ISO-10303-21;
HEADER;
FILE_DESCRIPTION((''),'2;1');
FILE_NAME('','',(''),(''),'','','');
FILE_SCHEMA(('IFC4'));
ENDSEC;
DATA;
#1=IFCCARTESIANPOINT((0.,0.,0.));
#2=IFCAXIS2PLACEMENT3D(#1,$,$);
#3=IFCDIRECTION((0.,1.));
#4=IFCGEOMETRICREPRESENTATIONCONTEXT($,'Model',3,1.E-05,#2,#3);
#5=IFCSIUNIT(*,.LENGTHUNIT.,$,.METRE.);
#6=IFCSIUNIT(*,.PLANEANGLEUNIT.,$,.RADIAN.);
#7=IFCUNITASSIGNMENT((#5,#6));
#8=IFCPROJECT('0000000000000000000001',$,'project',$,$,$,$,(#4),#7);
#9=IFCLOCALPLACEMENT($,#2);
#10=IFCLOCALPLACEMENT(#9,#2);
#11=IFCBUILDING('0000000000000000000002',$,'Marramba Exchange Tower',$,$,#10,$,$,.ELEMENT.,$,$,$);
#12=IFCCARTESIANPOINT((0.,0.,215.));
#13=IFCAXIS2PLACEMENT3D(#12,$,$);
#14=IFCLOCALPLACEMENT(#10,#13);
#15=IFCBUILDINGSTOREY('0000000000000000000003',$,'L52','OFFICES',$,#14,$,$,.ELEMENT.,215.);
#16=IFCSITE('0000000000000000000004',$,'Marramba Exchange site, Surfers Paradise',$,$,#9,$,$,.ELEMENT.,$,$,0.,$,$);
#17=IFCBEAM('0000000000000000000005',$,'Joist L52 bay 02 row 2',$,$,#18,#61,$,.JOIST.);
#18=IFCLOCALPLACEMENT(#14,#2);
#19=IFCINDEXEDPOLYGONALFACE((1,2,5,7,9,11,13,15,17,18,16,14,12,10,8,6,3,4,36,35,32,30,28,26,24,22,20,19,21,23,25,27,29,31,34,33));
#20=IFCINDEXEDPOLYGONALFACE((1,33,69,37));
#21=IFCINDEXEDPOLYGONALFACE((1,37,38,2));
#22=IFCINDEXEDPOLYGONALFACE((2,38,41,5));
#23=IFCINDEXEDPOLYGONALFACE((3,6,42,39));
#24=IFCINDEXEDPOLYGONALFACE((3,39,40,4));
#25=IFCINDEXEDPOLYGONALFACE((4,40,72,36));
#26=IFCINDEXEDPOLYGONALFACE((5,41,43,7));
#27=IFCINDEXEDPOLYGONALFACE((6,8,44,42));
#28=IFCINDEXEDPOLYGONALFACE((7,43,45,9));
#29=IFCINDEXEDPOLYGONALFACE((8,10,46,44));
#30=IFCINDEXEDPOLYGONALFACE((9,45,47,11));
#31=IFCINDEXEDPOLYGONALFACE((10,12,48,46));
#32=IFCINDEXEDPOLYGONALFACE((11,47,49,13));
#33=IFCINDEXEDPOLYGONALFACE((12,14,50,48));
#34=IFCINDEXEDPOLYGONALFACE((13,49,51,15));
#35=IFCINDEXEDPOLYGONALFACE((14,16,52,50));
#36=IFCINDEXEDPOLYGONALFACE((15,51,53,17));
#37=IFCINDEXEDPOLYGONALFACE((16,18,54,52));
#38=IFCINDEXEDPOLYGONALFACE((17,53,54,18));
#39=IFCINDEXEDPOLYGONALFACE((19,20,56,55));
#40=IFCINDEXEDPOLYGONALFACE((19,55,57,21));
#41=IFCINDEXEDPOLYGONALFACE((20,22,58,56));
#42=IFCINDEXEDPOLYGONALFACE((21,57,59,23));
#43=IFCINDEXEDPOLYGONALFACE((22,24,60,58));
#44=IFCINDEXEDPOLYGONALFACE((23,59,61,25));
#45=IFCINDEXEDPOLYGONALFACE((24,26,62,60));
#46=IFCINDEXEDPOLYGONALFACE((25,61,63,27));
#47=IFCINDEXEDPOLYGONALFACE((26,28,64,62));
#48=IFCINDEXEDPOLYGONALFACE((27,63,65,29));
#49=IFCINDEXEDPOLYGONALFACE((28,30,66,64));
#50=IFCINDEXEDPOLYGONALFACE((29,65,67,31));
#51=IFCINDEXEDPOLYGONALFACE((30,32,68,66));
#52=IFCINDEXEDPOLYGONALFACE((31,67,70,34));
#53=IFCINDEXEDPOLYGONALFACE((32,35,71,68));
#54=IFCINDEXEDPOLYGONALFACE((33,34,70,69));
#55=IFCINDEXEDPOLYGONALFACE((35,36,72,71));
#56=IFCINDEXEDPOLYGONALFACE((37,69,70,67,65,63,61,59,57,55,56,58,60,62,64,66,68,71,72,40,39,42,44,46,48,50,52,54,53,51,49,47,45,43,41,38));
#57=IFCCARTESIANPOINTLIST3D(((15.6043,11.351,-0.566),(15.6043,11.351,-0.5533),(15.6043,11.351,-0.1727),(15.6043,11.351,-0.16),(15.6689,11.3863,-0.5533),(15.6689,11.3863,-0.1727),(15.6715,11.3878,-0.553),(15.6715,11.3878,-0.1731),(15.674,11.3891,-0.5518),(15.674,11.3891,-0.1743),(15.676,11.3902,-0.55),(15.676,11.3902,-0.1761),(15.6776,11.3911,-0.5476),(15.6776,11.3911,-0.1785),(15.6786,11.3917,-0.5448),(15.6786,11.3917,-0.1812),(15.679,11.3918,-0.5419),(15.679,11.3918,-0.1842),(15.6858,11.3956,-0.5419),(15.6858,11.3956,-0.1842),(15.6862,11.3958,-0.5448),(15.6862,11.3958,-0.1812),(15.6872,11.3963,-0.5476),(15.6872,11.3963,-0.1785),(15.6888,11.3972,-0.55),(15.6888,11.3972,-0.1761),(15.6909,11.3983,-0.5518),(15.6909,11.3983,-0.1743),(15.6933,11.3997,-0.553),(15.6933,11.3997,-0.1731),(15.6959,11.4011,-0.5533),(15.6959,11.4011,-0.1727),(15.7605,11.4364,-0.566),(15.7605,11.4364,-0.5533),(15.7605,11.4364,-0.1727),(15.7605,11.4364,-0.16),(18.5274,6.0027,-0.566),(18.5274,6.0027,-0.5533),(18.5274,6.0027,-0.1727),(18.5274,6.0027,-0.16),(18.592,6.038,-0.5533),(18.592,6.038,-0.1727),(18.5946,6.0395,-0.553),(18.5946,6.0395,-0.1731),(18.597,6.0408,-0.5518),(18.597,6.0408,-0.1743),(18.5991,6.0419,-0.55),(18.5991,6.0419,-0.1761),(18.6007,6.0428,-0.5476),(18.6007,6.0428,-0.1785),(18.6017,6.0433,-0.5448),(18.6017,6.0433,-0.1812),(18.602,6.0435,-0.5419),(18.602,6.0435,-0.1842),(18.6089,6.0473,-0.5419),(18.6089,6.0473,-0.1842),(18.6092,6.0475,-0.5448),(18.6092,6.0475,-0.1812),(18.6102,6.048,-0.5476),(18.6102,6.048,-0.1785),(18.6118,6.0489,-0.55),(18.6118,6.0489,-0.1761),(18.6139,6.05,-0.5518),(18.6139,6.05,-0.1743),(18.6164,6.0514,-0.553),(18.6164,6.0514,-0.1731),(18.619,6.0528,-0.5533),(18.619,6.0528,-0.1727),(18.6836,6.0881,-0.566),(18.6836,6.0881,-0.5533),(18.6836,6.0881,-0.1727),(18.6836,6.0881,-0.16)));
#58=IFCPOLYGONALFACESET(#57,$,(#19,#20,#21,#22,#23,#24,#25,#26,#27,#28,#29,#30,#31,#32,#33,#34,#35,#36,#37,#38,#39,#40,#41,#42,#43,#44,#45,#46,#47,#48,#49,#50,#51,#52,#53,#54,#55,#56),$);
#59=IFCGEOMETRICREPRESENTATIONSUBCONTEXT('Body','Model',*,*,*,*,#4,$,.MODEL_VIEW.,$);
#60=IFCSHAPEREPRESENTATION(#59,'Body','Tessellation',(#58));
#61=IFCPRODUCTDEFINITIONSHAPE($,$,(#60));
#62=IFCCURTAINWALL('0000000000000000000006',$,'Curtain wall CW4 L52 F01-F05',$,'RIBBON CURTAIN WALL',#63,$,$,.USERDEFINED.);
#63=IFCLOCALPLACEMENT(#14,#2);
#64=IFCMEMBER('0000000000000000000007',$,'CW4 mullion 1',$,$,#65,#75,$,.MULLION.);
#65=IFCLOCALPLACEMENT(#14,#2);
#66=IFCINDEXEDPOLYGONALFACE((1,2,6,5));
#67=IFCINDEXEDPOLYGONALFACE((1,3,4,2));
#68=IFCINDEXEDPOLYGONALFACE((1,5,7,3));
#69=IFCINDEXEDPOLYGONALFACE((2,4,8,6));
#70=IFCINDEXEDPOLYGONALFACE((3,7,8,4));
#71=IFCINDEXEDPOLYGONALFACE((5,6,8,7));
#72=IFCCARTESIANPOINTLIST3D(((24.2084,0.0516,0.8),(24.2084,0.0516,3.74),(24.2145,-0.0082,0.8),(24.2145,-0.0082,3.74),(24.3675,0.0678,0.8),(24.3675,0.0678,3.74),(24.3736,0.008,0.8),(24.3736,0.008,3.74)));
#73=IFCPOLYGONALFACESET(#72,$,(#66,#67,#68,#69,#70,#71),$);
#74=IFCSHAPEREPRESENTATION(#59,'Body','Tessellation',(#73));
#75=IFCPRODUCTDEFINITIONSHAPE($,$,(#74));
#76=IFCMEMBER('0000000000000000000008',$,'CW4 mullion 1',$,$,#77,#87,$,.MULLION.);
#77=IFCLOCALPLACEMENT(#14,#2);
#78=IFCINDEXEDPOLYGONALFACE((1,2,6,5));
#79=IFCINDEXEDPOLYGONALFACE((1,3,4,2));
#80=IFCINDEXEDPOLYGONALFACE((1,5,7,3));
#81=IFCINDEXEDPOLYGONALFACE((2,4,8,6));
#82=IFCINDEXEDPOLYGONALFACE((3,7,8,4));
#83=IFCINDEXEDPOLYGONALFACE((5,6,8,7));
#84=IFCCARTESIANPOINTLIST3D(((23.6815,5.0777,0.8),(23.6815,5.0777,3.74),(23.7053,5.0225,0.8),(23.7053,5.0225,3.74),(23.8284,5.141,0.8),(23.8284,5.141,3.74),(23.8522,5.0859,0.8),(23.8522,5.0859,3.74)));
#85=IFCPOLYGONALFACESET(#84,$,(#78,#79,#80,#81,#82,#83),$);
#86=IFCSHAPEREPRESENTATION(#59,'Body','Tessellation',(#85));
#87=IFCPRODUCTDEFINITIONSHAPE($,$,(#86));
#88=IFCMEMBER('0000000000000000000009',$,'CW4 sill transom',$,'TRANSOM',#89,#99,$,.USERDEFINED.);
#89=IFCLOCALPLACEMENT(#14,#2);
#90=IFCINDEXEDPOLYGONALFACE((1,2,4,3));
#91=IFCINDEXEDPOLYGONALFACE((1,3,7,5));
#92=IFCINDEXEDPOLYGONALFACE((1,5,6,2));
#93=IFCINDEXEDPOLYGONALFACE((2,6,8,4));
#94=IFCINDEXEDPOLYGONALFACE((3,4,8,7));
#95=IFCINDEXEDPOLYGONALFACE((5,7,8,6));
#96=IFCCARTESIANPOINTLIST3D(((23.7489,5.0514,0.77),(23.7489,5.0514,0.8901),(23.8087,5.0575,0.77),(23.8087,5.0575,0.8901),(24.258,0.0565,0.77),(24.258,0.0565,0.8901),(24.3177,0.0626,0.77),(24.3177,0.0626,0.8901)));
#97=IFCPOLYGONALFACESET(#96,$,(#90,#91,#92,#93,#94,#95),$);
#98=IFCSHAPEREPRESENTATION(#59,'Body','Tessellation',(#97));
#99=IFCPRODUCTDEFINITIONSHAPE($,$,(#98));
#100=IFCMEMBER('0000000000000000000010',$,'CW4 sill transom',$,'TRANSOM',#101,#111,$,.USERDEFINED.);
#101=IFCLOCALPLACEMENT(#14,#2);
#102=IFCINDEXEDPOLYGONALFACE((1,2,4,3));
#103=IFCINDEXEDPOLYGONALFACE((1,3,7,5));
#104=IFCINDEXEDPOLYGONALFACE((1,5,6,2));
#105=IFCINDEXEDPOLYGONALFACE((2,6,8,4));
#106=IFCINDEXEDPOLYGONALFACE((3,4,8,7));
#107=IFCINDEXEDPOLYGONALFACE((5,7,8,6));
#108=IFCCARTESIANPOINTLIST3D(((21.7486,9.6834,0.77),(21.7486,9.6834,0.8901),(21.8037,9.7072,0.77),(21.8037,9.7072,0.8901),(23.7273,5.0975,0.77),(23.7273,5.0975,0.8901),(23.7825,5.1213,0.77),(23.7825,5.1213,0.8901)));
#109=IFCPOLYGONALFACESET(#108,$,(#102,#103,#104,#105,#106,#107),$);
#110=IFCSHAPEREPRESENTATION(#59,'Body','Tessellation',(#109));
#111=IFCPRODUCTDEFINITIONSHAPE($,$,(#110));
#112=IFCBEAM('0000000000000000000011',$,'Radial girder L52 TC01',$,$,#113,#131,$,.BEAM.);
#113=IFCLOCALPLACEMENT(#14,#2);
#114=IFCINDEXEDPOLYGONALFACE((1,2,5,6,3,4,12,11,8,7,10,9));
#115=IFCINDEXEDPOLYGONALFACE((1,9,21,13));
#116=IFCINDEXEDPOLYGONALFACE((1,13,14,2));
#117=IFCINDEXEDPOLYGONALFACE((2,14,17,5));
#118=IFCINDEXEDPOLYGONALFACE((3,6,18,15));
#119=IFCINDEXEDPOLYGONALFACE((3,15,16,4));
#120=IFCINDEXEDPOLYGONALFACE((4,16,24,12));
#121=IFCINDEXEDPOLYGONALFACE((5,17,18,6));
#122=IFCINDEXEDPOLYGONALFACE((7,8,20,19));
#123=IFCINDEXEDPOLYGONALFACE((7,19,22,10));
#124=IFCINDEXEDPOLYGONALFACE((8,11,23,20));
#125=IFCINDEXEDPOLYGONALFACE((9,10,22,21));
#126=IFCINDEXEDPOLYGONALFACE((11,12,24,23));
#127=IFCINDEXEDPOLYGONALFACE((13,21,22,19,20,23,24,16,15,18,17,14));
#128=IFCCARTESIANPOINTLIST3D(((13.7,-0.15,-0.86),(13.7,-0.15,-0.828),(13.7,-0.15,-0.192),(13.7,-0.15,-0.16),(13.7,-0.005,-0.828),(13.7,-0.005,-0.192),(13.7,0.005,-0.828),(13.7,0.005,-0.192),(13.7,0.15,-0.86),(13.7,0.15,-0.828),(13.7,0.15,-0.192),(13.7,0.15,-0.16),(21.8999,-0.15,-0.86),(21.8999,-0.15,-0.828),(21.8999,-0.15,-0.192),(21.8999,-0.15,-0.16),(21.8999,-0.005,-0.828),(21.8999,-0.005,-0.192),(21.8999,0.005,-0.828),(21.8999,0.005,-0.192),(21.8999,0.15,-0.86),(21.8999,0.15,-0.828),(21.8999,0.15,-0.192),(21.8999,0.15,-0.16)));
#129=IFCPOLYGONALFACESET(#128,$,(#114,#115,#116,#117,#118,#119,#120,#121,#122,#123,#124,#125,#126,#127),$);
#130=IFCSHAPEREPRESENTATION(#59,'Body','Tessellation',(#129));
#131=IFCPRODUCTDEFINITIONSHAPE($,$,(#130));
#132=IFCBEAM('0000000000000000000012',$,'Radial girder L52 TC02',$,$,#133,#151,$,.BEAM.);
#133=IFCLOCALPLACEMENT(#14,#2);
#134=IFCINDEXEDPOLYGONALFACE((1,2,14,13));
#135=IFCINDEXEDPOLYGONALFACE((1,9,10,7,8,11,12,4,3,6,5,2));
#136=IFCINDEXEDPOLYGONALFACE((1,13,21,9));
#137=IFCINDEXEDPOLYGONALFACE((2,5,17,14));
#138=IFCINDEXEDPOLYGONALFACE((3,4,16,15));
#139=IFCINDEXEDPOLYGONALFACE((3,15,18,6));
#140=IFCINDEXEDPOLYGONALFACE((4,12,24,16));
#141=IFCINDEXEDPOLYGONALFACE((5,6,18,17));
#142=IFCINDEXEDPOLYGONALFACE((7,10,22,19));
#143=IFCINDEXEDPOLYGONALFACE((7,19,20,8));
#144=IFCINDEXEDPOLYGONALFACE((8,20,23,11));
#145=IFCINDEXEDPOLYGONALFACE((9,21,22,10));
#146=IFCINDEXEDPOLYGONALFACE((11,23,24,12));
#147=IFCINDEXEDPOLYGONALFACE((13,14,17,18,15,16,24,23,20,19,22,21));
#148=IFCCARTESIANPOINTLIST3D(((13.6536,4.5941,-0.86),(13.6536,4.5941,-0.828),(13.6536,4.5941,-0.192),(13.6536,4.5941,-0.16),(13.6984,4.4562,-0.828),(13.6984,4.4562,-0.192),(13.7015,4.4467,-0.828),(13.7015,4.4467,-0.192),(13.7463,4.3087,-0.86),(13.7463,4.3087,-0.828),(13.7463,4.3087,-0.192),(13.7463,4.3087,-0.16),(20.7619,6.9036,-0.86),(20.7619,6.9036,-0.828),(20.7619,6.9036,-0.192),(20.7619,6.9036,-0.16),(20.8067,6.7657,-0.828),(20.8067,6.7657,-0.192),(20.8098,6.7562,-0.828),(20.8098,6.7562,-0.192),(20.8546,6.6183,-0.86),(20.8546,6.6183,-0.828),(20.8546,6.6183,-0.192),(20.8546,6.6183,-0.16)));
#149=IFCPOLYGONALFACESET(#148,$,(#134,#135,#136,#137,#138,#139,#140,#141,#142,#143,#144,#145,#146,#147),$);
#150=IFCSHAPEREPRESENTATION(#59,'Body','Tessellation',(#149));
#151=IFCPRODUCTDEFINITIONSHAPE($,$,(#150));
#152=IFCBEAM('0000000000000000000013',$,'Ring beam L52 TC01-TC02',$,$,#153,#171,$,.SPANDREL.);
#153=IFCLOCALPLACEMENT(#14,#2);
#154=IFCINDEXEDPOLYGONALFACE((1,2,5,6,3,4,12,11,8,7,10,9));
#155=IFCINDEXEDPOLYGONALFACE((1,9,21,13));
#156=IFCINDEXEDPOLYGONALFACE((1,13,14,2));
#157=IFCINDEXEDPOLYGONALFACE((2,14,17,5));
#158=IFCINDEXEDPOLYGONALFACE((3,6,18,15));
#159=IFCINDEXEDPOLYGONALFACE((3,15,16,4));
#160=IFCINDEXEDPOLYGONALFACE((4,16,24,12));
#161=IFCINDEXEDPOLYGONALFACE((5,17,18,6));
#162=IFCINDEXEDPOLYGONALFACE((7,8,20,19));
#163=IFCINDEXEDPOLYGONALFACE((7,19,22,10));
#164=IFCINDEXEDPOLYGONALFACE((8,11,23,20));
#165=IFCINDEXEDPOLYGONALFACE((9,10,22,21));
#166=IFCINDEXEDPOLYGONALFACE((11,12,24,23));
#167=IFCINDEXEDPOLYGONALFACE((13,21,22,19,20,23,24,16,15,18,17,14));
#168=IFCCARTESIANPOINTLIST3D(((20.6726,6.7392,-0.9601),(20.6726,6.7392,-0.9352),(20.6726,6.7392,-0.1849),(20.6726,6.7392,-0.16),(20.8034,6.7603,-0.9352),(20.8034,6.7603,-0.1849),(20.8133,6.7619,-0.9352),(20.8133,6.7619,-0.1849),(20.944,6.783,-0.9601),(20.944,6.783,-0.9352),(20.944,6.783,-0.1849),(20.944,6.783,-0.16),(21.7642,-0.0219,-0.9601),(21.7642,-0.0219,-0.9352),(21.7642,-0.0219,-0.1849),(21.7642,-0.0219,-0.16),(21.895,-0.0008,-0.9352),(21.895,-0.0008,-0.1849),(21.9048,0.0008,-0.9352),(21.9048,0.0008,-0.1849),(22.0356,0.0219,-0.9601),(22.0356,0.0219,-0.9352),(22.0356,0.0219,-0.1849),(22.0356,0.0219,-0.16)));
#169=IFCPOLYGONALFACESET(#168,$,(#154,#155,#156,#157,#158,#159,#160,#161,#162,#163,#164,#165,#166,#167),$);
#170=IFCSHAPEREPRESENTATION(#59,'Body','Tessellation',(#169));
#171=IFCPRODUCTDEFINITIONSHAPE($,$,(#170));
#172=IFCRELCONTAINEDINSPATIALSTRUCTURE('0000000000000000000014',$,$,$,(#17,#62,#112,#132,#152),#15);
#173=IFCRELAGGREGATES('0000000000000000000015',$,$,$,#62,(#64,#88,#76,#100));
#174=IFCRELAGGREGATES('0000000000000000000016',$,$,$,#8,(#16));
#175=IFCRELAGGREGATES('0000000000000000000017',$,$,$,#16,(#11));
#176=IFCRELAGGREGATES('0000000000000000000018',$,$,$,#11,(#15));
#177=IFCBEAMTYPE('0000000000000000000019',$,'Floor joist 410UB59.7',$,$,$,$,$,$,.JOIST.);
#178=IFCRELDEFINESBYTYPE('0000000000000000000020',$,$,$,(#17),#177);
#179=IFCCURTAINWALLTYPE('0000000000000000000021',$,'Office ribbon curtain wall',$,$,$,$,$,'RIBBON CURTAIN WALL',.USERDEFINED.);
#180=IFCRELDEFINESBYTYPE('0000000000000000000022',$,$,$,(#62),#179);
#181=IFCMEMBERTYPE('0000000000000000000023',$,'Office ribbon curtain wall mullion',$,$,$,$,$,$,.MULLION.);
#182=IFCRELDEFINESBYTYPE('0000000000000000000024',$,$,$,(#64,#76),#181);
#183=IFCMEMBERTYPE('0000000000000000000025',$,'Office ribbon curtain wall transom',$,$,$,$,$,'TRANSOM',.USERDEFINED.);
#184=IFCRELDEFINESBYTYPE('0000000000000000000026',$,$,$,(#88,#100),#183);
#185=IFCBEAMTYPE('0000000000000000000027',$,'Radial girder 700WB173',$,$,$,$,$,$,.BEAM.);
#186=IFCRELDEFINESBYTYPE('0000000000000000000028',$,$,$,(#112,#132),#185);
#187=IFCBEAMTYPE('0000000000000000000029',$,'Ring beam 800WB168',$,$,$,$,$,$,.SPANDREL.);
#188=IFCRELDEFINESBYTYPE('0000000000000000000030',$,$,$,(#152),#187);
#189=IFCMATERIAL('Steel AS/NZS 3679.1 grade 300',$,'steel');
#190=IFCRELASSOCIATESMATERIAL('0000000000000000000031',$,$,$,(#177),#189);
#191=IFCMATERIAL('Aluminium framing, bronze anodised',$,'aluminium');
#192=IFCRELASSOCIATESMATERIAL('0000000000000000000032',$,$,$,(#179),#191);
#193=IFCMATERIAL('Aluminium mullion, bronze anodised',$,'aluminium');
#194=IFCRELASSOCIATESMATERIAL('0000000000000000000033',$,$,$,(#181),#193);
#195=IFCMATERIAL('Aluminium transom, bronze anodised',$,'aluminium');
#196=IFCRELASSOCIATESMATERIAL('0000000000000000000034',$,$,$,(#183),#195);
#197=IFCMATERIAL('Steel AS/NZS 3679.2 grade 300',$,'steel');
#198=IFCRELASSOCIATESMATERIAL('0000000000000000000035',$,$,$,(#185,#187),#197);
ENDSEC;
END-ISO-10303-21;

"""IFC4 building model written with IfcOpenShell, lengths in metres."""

from ifc_helpers import new_model, si_unit, direction, frame, origin, origin_2d, place, context, subcontext, project, spatial, rectangle, i_section, extrude, material, material_profile, profile_set, type_object, element, aggregate, save


model = new_model("IFC4")

# Units and contexts
model_context = context("Model", 3, precision=1e-05, world=origin(), true_north=direction((0.0, 1.0)))
body_context = subcontext(model_context, "Body", "Model", "MODEL_VIEW")
ifc_project = project(units=[si_unit("LENGTHUNIT", "METRE"), si_unit("PLANEANGLEUNIT", "RADIAN")], contexts=[model_context])

# Site, building, storey
site_placement = place(None, origin())
site = spatial("IfcSite", under=ifc_project, at=site_placement, Name="Marramba Exchange site, Surfers Paradise", CompositionType="ELEMENT", RefElevation=0.0)
building_placement = place(site_placement, origin())
building = spatial("IfcBuilding", under=site, at=building_placement, Name="Marramba Exchange Tower", CompositionType="ELEMENT")
storey_placement = place(building_placement, frame((0.0, 0.0, 215.0)))
storey = spatial("IfcBuildingStorey", under=building, at=storey_placement, Name="L52", Description="OFFICES", CompositionType="ELEMENT", Elevation=215.0)

# Beam
ifc_material_1 = material(Name="Steel AS/NZS 3679.2 grade 300", Category="steel")
ifc_material_2 = material(Name="Steel AS/NZS 3679.1 grade 300", Category="steel")
ifc_material_profile_1 = material_profile(ifc_material_2, i_section(OverallWidth=0.178, OverallDepth=0.406, WebThickness=0.0078, FlangeThickness=0.0127, FilletRadius=0.0115, at=origin_2d()), Name="410UB59.7")
ifc_profile_set_1 = profile_set([ifc_material_profile_1], Name="Steel AS/NZS 3679.1 grade 300")
beam_type_1 = type_object("IfcBeamType", Name="Floor joist 410UB59.7", PredefinedType="JOIST", material=ifc_profile_set_1)
beam_1_placement = place(storey_placement, frame((18.6055, 6.0454, -0.363), z_axis=(-0.479584, 0.877496, 0.0), x_axis=(-0.877496, -0.479584, 0.0)))
element("IfcBeam", 1, at=beam_1_placement, inside=storey, type_object=beam_type_1, Name="Joist L52 bay 02 row 2", PredefinedType="JOIST", context=body_context, shape_type="SweptSolid", body=[
    extrude(i_section(OverallWidth=0.178, OverallDepth=0.406, WebThickness=0.0078, FlangeThickness=0.0127, FilletRadius=0.0115, at=origin_2d()), origin(), (0.0, 0.0, 1.0), 6.095),
])

# Curtain wall, members
ifc_material_3 = material(Name="Aluminium framing, bronze anodised", Category="aluminium")
curtain_wall_type = type_object("IfcCurtainWallType", Name="Office ribbon curtain wall", ElementType="RIBBON CURTAIN WALL", PredefinedType="USERDEFINED", material=ifc_material_3)
curtain_wall_placement = place(storey_placement, origin())
curtain_wall = element("IfcCurtainWall", 2, at=curtain_wall_placement, inside=storey, type_object=curtain_wall_type, Name="Curtain wall CW4 L52 F01-F05", ObjectType="RIBBON CURTAIN WALL", PredefinedType="USERDEFINED")
ifc_material_4 = material(Name="Aluminium mullion, bronze anodised", Category="aluminium")
ifc_material_profile_2 = material_profile(ifc_material_4, rectangle(XDim=0.1599, YDim=0.0601, at=origin_2d()), Name="CW4 mullion 60x160")
ifc_profile_set_2 = profile_set([ifc_material_profile_2], Name="Aluminium mullion, bronze anodised")
member_type_1 = type_object("IfcMemberType", Name="Office ribbon curtain wall mullion", PredefinedType="MULLION", material=ifc_profile_set_2)
member_1_placement = place(storey_placement, frame((24.291, 0.0298, 0.8), z_axis=(0.0, 0.0, 1.0), x_axis=(-0.994843, -0.101422, 0.0)))
member_1 = element("IfcMember", 3, at=member_1_placement, type_object=member_type_1, Name="CW4 mullion 1", PredefinedType="MULLION", context=body_context, shape_type="SweptSolid", body=[
    extrude(rectangle(XDim=0.1599, YDim=0.0601, at=origin_2d()), origin(), (0.0, 0.0, 1.0), 2.9399),
])
member_2_placement = place(storey_placement, frame((23.7668, 5.0818, 0.8), z_axis=(0.0, 0.0, 1.0), x_axis=(-0.918167, -0.396193, 0.0)))
member_2 = element("IfcMember", 4, at=member_2_placement, type_object=member_type_1, Name="CW4 mullion 1", PredefinedType="MULLION", context=body_context, shape_type="SweptSolid", body=[
    extrude(rectangle(XDim=0.1599, YDim=0.0601, at=origin_2d()), origin(), (0.0, 0.0, 1.0), 2.9399),
])
ifc_material_5 = material(Name="Aluminium transom, bronze anodised", Category="aluminium")
ifc_material_profile_3 = material_profile(ifc_material_5, rectangle(XDim=0.0601, YDim=0.1201, at=origin_2d()), Name="CW4 transom 60x120")
ifc_profile_set_3 = profile_set([ifc_material_profile_3], Name="Aluminium transom, bronze anodised")
member_type_2 = type_object("IfcMemberType", Name="Office ribbon curtain wall transom", ElementType="TRANSOM", PredefinedType="USERDEFINED", material=ifc_profile_set_3)
member_3_placement = place(storey_placement, frame((24.2878, 0.0596, 0.8301), z_axis=(-0.101386, 0.994847, 0.0), x_axis=(-0.994847, -0.101386, 0.0)))
member_3 = element("IfcMember", 5, at=member_3_placement, type_object=member_type_2, Name="CW4 sill transom", ObjectType="TRANSOM", PredefinedType="USERDEFINED", context=body_context, shape_type="SweptSolid", body=[
    extrude(rectangle(XDim=0.0601, YDim=0.1201, at=origin_2d()), origin(), (0.0, 0.0, 1.0), 5.0208),
])
member_4_placement = place(storey_placement, frame((23.7549, 5.1094, 0.8301), z_axis=(-0.396178, 0.918174, 0.0), x_axis=(-0.918174, -0.396178, 0.0)))
member_4 = element("IfcMember", 6, at=member_4_placement, type_object=member_type_2, Name="CW4 sill transom", ObjectType="TRANSOM", PredefinedType="USERDEFINED", context=body_context, shape_type="SweptSolid", body=[
    extrude(rectangle(XDim=0.0601, YDim=0.1201, at=origin_2d()), origin(), (0.0, 0.0, 1.0), 4.9946),
])

# Beams
ifc_material_profile_4 = material_profile(ifc_material_1, i_section(OverallWidth=0.3, OverallDepth=0.7, WebThickness=0.01, FlangeThickness=0.032, at=origin_2d()), Name="700WB173")
ifc_profile_set_4 = profile_set([ifc_material_profile_4], Name="Steel AS/NZS 3679.2 grade 300")
beam_type_2 = type_object("IfcBeamType", Name="Radial girder 700WB173", PredefinedType="BEAM", material=ifc_profile_set_4)
beam_2_placement = place(storey_placement, frame((13.7, 0.0, -0.51), z_axis=(1.0, 0.0, 0.0), x_axis=(0.0, 1.0, 0.0)))
element("IfcBeam", 7, at=beam_2_placement, inside=storey, type_object=beam_type_2, Name="Radial girder L52 TC01", PredefinedType="BEAM", context=body_context, shape_type="SweptSolid", body=[
    extrude(i_section(OverallWidth=0.3, OverallDepth=0.7, WebThickness=0.01, FlangeThickness=0.032, at=origin_2d()), origin(), (0.0, 0.0, 1.0), 8.2),
])
beam_3_placement = place(storey_placement, frame((13.7, 4.4514, -0.51), z_axis=(0.95106, 0.309006, 0.0), x_axis=(-0.309006, 0.95106, 0.0)))
element("IfcBeam", 8, at=beam_3_placement, inside=storey, type_object=beam_type_2, Name="Radial girder L52 TC02", PredefinedType="BEAM", context=body_context, shape_type="SweptSolid", body=[
    extrude(i_section(OverallWidth=0.3, OverallDepth=0.7, WebThickness=0.01, FlangeThickness=0.032, at=origin_2d()), origin(), (0.0, 0.0, 1.0), 7.4741),
])
ifc_material_profile_5 = material_profile(ifc_material_1, i_section(OverallWidth=0.2749, OverallDepth=0.8, WebThickness=0.01, FlangeThickness=0.0249, at=origin_2d()), Name="800WB168")
ifc_profile_set_5 = profile_set([ifc_material_profile_5], Name="Steel AS/NZS 3679.2 grade 300")
beam_type_3 = type_object("IfcBeamType", Name="Ring beam 800WB168", PredefinedType="SPANDREL", material=ifc_profile_set_5)
beam_4_placement = place(storey_placement, frame((21.8999, 0.0, -0.5601), z_axis=(-0.159385, 0.987217, 0.0), x_axis=(-0.987217, -0.159385, 0.0)))
element("IfcBeam", 9, at=beam_4_placement, inside=storey, type_object=beam_type_3, Name="Ring beam L52 TC01-TC02", PredefinedType="SPANDREL", context=body_context, shape_type="SweptSolid", body=[
    extrude(i_section(OverallWidth=0.2749, OverallDepth=0.8, WebThickness=0.01, FlangeThickness=0.0249, at=origin_2d()), origin(), (0.0, 0.0, 1.0), 6.8486),
])

aggregate(curtain_wall, [member_1, member_3, member_2, member_4])

save(model, "model.ifc")
